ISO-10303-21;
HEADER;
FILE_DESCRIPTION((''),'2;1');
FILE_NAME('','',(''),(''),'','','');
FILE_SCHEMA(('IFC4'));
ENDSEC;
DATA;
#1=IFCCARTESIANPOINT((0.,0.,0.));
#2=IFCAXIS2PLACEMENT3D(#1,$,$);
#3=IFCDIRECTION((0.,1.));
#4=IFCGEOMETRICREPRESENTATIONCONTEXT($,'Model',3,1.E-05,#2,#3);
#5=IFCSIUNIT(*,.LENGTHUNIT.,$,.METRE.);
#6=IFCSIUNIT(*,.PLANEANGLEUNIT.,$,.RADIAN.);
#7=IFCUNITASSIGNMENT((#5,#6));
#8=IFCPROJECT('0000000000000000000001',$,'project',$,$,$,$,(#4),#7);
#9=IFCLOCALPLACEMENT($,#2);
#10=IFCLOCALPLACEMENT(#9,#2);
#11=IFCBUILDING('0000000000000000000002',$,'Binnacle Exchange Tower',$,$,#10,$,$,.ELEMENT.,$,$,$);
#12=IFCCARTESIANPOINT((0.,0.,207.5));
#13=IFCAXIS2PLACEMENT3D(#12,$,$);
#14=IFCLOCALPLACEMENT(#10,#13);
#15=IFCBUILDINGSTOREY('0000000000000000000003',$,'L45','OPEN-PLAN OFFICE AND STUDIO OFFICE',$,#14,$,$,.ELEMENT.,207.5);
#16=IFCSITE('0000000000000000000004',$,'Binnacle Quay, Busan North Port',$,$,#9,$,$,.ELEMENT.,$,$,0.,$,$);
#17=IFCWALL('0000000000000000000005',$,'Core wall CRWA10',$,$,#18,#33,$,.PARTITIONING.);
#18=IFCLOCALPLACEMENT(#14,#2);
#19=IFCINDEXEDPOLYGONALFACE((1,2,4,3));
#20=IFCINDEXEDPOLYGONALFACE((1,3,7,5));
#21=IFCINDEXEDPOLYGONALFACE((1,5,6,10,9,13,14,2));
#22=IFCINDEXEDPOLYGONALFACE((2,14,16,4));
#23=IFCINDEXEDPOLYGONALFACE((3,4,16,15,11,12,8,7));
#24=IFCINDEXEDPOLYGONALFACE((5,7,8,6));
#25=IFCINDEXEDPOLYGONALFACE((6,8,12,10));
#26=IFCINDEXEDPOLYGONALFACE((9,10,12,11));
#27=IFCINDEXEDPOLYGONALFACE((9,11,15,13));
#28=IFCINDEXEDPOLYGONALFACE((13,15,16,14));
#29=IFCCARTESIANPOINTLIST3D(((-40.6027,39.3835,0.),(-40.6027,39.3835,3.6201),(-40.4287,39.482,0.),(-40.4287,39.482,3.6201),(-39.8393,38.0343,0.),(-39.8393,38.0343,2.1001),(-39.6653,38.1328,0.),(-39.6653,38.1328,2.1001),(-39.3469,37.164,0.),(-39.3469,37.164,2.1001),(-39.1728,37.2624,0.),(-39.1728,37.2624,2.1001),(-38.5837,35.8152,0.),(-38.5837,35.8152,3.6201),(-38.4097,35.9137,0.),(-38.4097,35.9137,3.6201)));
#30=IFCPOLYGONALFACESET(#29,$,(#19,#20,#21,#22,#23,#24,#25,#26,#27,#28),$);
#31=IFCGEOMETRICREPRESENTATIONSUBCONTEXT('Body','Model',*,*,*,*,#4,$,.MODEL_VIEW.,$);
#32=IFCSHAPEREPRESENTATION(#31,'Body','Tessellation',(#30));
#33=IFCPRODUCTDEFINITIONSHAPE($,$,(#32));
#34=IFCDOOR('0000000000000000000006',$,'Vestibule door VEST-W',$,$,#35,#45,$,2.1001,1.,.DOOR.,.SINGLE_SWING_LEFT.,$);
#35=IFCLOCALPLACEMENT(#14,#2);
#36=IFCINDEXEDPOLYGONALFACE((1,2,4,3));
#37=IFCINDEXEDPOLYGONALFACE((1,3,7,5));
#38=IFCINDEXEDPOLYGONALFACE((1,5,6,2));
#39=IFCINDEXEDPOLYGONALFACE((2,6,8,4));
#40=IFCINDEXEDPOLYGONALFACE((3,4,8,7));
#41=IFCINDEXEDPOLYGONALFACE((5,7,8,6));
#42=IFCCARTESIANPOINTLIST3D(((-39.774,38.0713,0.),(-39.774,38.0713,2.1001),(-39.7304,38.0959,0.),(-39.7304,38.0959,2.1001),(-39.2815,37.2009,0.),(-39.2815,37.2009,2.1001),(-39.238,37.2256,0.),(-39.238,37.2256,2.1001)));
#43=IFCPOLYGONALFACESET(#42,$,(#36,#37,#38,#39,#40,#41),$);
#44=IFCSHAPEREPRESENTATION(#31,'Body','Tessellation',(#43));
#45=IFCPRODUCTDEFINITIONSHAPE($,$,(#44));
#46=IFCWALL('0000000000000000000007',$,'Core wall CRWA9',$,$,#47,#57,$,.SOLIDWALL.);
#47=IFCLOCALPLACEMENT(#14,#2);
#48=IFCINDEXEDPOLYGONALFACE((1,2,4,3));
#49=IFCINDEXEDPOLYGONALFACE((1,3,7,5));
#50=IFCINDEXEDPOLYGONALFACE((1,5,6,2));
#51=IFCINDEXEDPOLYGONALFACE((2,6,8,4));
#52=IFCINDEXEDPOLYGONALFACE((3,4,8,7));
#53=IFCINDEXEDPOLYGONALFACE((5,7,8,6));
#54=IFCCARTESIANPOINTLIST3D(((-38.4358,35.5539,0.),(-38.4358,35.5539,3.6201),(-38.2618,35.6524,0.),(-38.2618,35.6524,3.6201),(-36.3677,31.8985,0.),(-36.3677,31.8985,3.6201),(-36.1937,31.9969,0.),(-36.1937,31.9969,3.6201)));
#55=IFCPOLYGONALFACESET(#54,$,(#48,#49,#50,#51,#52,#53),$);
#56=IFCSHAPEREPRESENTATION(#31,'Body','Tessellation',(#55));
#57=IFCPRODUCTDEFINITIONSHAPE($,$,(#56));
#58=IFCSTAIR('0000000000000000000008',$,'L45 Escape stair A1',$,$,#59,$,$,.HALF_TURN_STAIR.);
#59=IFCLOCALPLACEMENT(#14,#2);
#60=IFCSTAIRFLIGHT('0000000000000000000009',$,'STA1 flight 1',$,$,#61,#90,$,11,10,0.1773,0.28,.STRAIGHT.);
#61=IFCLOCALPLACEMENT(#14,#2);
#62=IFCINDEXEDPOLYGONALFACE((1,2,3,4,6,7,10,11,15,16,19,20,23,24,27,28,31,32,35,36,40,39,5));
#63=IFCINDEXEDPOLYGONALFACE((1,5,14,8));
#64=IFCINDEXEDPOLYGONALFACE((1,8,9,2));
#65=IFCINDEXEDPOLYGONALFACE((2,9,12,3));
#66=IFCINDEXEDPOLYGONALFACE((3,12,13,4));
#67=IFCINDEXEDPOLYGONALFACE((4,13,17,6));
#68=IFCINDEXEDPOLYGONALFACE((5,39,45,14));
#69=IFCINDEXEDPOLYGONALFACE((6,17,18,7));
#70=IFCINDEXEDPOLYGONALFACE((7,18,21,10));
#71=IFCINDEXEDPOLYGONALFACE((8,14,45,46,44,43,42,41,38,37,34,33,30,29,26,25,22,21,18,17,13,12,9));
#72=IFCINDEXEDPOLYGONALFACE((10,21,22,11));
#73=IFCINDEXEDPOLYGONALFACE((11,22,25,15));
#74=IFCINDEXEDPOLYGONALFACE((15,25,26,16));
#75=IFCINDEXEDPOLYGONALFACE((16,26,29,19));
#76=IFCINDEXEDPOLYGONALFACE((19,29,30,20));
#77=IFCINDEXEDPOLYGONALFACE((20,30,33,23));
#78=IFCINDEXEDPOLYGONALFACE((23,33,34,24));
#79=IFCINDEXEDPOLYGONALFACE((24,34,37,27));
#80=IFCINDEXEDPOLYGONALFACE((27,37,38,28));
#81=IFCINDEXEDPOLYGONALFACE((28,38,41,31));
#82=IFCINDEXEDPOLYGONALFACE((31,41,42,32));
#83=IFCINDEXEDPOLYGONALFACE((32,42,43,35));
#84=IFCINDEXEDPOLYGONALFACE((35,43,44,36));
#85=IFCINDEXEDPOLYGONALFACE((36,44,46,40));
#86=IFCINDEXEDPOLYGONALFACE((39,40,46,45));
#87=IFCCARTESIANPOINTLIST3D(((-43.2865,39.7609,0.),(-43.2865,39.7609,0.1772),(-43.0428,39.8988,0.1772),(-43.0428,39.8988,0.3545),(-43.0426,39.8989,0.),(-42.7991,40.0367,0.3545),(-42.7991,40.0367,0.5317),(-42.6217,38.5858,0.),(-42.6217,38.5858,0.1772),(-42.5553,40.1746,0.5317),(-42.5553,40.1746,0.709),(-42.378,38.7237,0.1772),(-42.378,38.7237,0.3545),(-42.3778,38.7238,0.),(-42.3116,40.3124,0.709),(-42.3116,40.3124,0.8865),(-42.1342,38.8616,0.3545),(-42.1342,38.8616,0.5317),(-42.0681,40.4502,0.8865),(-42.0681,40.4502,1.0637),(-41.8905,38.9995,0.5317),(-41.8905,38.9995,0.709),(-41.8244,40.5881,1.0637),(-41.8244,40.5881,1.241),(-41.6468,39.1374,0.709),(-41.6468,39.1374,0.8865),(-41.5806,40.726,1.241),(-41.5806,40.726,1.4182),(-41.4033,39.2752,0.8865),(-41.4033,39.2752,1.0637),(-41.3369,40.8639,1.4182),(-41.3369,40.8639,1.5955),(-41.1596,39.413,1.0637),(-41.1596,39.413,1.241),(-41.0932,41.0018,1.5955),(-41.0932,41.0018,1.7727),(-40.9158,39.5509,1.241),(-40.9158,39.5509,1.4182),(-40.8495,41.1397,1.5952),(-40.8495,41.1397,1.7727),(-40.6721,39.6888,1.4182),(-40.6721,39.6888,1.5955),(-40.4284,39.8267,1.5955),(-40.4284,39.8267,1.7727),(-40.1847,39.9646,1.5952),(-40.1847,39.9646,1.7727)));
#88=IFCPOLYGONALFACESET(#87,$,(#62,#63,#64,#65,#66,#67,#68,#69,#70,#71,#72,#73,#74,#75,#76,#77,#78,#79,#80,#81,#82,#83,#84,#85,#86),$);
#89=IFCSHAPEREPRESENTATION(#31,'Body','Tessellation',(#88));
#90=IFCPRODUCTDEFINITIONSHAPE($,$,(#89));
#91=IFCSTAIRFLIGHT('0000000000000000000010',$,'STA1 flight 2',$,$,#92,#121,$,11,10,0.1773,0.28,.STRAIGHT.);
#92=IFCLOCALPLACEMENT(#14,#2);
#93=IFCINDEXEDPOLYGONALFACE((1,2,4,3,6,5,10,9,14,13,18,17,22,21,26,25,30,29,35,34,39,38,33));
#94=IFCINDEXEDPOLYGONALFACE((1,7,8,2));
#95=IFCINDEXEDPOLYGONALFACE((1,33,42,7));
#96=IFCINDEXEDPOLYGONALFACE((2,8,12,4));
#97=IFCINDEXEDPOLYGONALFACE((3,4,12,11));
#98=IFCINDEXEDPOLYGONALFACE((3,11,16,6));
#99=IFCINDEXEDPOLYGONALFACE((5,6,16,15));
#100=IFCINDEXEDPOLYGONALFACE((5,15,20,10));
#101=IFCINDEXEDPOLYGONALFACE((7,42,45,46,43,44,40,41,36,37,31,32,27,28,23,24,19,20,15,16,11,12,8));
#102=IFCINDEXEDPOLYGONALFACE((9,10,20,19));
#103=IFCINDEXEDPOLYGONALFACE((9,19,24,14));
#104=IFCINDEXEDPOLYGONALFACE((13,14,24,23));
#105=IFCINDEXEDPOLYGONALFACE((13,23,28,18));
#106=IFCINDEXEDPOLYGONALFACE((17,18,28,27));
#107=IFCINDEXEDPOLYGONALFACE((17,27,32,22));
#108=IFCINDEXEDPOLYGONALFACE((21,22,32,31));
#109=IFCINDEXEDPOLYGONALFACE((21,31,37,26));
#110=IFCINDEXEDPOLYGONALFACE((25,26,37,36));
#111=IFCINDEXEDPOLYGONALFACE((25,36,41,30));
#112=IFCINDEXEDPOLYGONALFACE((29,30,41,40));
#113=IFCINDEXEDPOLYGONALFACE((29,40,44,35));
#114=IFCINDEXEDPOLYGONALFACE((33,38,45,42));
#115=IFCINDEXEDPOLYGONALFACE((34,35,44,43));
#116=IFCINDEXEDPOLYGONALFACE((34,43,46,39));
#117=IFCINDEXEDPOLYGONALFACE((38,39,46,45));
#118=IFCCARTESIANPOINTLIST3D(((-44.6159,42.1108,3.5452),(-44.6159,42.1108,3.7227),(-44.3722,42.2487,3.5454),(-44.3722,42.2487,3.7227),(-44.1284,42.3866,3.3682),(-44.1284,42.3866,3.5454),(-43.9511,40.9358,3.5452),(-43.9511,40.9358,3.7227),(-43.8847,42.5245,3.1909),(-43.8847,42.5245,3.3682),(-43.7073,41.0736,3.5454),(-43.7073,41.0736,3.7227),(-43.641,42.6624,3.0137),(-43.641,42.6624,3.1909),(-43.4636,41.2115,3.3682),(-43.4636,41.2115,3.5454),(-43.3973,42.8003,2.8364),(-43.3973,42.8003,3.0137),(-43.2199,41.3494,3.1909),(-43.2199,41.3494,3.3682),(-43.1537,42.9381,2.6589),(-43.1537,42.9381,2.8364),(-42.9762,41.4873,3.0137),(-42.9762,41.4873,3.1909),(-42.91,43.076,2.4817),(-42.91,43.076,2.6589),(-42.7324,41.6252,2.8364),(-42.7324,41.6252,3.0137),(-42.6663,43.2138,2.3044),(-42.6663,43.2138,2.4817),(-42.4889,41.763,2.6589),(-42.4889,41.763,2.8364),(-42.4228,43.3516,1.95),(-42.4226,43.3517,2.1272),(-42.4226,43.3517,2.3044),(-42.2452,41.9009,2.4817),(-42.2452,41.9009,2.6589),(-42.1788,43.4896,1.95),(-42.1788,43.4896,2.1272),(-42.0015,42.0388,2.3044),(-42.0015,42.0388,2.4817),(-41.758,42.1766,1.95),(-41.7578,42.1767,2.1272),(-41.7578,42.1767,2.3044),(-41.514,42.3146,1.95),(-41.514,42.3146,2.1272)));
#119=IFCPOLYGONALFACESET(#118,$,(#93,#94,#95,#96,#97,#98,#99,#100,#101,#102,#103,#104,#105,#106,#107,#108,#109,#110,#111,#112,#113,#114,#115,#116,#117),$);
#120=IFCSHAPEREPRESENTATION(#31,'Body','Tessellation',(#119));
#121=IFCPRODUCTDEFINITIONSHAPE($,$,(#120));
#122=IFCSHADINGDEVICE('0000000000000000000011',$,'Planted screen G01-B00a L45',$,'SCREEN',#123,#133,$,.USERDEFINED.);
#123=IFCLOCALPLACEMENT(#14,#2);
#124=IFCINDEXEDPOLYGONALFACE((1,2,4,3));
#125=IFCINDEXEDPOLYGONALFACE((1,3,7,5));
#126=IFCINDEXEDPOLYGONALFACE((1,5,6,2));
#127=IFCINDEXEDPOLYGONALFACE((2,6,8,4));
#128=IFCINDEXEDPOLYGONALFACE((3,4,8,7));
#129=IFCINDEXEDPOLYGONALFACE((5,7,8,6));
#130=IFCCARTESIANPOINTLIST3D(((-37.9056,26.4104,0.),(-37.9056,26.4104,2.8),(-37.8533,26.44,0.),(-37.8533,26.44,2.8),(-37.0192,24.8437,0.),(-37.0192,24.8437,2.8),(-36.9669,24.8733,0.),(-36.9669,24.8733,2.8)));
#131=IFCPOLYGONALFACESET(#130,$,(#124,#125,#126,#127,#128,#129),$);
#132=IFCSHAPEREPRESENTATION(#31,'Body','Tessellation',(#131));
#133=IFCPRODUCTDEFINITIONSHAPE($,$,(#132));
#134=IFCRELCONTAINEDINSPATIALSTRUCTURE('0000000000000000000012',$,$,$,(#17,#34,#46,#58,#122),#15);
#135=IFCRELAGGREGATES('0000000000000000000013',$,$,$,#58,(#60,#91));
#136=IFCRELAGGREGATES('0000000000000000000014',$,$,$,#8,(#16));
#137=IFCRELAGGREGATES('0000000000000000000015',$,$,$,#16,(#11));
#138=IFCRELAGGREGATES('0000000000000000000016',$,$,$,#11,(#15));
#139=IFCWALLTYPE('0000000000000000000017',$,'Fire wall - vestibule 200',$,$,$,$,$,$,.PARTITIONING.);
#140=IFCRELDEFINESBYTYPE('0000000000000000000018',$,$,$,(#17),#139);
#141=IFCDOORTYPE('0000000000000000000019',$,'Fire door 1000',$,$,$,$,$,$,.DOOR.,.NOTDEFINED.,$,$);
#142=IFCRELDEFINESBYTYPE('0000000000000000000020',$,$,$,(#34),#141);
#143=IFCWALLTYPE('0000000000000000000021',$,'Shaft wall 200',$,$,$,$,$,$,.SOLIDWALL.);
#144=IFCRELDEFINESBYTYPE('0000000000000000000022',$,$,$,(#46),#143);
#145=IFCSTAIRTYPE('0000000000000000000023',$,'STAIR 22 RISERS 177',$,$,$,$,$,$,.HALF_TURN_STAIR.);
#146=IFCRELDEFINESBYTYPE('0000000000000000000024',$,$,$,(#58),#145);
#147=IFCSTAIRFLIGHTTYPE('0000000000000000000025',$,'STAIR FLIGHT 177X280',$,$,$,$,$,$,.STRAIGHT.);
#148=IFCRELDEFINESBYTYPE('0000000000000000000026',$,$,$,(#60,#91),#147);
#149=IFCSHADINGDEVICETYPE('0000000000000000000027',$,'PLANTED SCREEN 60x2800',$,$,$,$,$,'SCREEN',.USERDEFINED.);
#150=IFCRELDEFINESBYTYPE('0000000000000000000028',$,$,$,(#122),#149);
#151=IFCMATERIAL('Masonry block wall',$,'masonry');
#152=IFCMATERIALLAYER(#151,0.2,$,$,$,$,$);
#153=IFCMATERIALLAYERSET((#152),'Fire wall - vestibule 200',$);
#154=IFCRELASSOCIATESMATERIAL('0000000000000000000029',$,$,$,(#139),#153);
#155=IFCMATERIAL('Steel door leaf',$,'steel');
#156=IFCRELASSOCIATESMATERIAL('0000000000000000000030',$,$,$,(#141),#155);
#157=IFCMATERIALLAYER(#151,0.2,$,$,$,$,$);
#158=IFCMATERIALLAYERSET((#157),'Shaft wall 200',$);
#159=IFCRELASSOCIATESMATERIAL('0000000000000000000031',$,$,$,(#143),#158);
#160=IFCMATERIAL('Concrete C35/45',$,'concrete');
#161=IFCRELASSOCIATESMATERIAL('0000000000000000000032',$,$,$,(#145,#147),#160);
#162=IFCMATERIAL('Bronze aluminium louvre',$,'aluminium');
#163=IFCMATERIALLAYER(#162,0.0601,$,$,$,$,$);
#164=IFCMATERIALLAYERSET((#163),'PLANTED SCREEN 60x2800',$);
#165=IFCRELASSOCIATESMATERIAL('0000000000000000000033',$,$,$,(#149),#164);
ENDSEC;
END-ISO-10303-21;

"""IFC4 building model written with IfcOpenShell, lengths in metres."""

from ifc_helpers import new_model, si_unit, direction, frame, frame_2d, origin, origin_2d, place, context, subcontext, project, spatial, polyline, rectangle, outline, extrude, material, layer, layer_set, type_object, element, fill, aggregate, save


model = new_model("IFC4")

# Units and contexts
model_context = context("Model", 3, precision=1e-05, world=origin(), true_north=direction((0.0, 1.0)))
body_context = subcontext(model_context, "Body", "Model", "MODEL_VIEW")
ifc_project = project(units=[si_unit("LENGTHUNIT", "METRE"), si_unit("PLANEANGLEUNIT", "RADIAN")], contexts=[model_context])

# Site, building, storey
site_placement = place(None, origin())
site = spatial("IfcSite", under=ifc_project, at=site_placement, Name="Binnacle Quay, Busan North Port", CompositionType="ELEMENT", RefElevation=0.0)
building_placement = place(site_placement, origin())
building = spatial("IfcBuilding", under=site, at=building_placement, Name="Binnacle Exchange Tower", CompositionType="ELEMENT")
storey_placement = place(building_placement, frame((0.0, 0.0, 207.5)))
storey = spatial("IfcBuildingStorey", under=building, at=storey_placement, Name="L45", Description="OPEN-PLAN OFFICE AND STUDIO OFFICE", CompositionType="ELEMENT", Elevation=207.5)

# Shared definitions
ifc_material_1 = material(Name="Steel door leaf", Category="steel")

# Wall, opening, door
ifc_material_2 = material(Name="Masonry block wall", Category="masonry")
ifc_layer_1 = layer(ifc_material_2, 0.2)
ifc_layer_set_1 = layer_set([ifc_layer_1], Name="Fire wall - vestibule 200")
wall_type_1 = type_object("IfcWallType", Name="Fire wall - vestibule 200", PredefinedType="PARTITIONING", material=ifc_layer_set_1)
wall_1_placement = place(storey_placement, frame((-40.5156, 39.4326, 0.0), z_axis=(0.0, 0.0, 1.0), x_axis=(0.492454, -0.870339, 0.0)))
wall_1 = element("IfcWall", 1, at=wall_1_placement, inside=storey, type_object=wall_type_1, Name="Core wall CRWA10", PredefinedType="PARTITIONING", context=body_context, shape_type="SweptSolid", body=[
    extrude(rectangle(XDim=4.0999, YDim=0.2, at=frame_2d((2.0498, 0.0))), origin(), (0.0, 0.0, 1.0), 3.6201),
])
opening_1_placement = place(wall_1_placement, frame((1.55, 0.0, 0.0)))
opening_1 = element("IfcOpeningElement", 2, at=opening_1_placement, cuts=wall_1, PredefinedType="OPENING", context=body_context, shape_type="SweptSolid", body=[
    extrude(rectangle(XDim=1.0, YDim=2.1001, at=frame_2d((0.5, 1.05))), frame((0.0, 0.1099, 0.0), z_axis=(0.0, -1.0, 0.0), x_axis=(1.0, 0.0, 0.0)), (0.0, 0.0, 1.0), 0.22),
])
door_type_1 = type_object("IfcDoorType", Name="Fire door 1000", OperationType="NOTDEFINED", PredefinedType="DOOR", material=ifc_material_1)
door_1_placement = place(opening_1_placement, frame((1.0, 0.0, 0.0), z_axis=(0.0, 0.0, 1.0), x_axis=(-1.0, 0.0, 0.0)))
door_1 = element("IfcDoor", 3, at=door_1_placement, inside=storey, type_object=door_type_1, Name="Vestibule door VEST-W", OperationType="SINGLE_SWING_LEFT", OverallHeight=2.1001, OverallWidth=1.0, PredefinedType="DOOR", context=body_context, shape_type="SweptSolid", body=[
    extrude(rectangle(XDim=1.0, YDim=2.1001, at=frame_2d((0.5, 1.05))), frame((0.0, 0.0249, 0.0), z_axis=(0.0, -1.0, 0.0), x_axis=(1.0, 0.0, 0.0)), (0.0, 0.0, 1.0), 0.05),
])
fill(opening_1, door_1)

# Wall
ifc_layer_2 = layer(ifc_material_2, 0.2)
ifc_layer_set_2 = layer_set([ifc_layer_2], Name="Shaft wall 200")
wall_type_2 = type_object("IfcWallType", Name="Shaft wall 200", PredefinedType="SOLIDWALL", material=ifc_layer_set_2)
wall_2_placement = place(storey_placement, frame((-38.3489, 35.6033, 0.0), z_axis=(0.0, 0.0, 1.0), x_axis=(0.49241, -0.870364, 0.0)))
element("IfcWall", 4, at=wall_2_placement, inside=storey, type_object=wall_type_2, Name="Core wall CRWA9", PredefinedType="SOLIDWALL", context=body_context, shape_type="SweptSolid", body=[
    extrude(rectangle(XDim=4.2, YDim=0.2, at=frame_2d((2.1001, 0.0))), origin(), (0.0, 0.0, 1.0), 3.6201),
])

# Stair, stair flights
ifc_material_3 = material(Name="Concrete C35/45", Category="concrete")
stair_type = type_object("IfcStairType", Name="STAIR 22 RISERS 177", PredefinedType="HALF_TURN_STAIR", material=ifc_material_3)
stair_placement = place(storey_placement, origin())
stair = element("IfcStair", 5, at=stair_placement, inside=storey, type_object=stair_type, Name="L45 Escape stair A1", PredefinedType="HALF_TURN_STAIR")
stair_flight_type = type_object("IfcStairFlightType", Name="STAIR FLIGHT 177X280", PredefinedType="STRAIGHT", material=ifc_material_3)
stair_flight_1_placement = place(storey_placement, frame((-42.9541, 39.1733, 0.0), z_axis=(0.0, 0.0, 1.0), x_axis=(0.870356, 0.492424, 0.0)))
stair_flight_1 = element("IfcStairFlight", 6, at=stair_flight_1_placement, type_object=stair_flight_type, Name="STA1 flight 1", NumberOfRisers=11, NumberOfTreads=10, PredefinedType="STRAIGHT", RiserHeight=0.1773, TreadLength=0.28, context=body_context, shape_type="SweptSolid", body=[
    extrude(outline(polyline([(0.0, 0.0), (0.0, 0.1772), (0.28, 0.1772), (0.28, 0.3545), (0.5601, 0.3545), (0.5601, 0.5317), (0.8401, 0.5317), (0.8401, 0.709), (1.1201, 0.709), (1.1201, 0.8865), (1.3999, 0.8865), (1.3999, 1.0637), (1.6799, 1.0637), (1.6799, 1.241), (1.96, 1.241), (1.96, 1.4182), (2.24, 1.4182), (2.24, 1.5955), (2.52, 1.5955), (2.52, 1.7727), (2.8, 1.7727), (2.8, 1.95), (2.8, 1.5952), (0.2803, 0.0), (0.0, 0.0)])), frame((0.0, 0.675, 0.0), z_axis=(0.0, -1.0, 0.0), x_axis=(1.0, 0.0, 0.0)), (0.0, 0.0, 1.0), 1.3501),
])
stair_flight_2_placement = place(storey_placement, frame((-41.8464, 42.9021, 1.95), z_axis=(0.0, 0.0, 1.0), x_axis=(-0.870356, -0.492424, 0.0)))
stair_flight_2 = element("IfcStairFlight", 7, at=stair_flight_2_placement, type_object=stair_flight_type, Name="STA1 flight 2", NumberOfRisers=11, NumberOfTreads=10, PredefinedType="STRAIGHT", RiserHeight=0.1773, TreadLength=0.28, context=body_context, shape_type="SweptSolid", body=[
    extrude(outline(polyline([(0.0, 0.0), (0.0, 0.1772), (0.28, 0.1772), (0.28, 0.3545), (0.5601, 0.3545), (0.5601, 0.5317), (0.8401, 0.5317), (0.8401, 0.709), (1.1201, 0.709), (1.1201, 0.8865), (1.3999, 0.8865), (1.3999, 1.0637), (1.6799, 1.0637), (1.6799, 1.241), (1.96, 1.241), (1.96, 1.4182), (2.24, 1.4182), (2.24, 1.5955), (2.52, 1.5955), (2.52, 1.7727), (2.8, 1.7727), (2.8, 1.95), (2.8, 1.5952), (0.2803, 0.0), (0.0, 0.0)])), frame((0.0, 0.675, 0.0), z_axis=(0.0, -1.0, 0.0), x_axis=(1.0, 0.0, 0.0)), (0.0, 0.0, 1.0), 1.3501),
])
aggregate(stair, [stair_flight_1, stair_flight_2])

# Shading device
ifc_material_4 = material(Name="Bronze aluminium louvre", Category="aluminium")
ifc_layer_3 = layer(ifc_material_4, 0.0601)
ifc_layer_set_3 = layer_set([ifc_layer_3], Name="PLANTED SCREEN 60x2800")
shading_device_type = type_object("IfcShadingDeviceType", Name="PLANTED SCREEN 60x2800", ElementType="SCREEN", PredefinedType="USERDEFINED", material=ifc_layer_set_3)
shading_device_placement = place(storey_placement, frame((-37.4363, 25.6418, 0.0), z_axis=(0.0, 0.0, 1.0), x_axis=(0.870356, 0.492424, 0.0)))
element("IfcShadingDevice", 8, at=shading_device_placement, inside=storey, type_object=shading_device_type, Name="Planted screen G01-B00a L45", ObjectType="SCREEN", PredefinedType="USERDEFINED", context=body_context, shape_type="SweptSolid", body=[
    extrude(rectangle(XDim=0.0601, YDim=1.8, at=origin_2d()), origin(), (0.0, 0.0, 1.0), 2.8),
])

save(model, "model.ifc")
